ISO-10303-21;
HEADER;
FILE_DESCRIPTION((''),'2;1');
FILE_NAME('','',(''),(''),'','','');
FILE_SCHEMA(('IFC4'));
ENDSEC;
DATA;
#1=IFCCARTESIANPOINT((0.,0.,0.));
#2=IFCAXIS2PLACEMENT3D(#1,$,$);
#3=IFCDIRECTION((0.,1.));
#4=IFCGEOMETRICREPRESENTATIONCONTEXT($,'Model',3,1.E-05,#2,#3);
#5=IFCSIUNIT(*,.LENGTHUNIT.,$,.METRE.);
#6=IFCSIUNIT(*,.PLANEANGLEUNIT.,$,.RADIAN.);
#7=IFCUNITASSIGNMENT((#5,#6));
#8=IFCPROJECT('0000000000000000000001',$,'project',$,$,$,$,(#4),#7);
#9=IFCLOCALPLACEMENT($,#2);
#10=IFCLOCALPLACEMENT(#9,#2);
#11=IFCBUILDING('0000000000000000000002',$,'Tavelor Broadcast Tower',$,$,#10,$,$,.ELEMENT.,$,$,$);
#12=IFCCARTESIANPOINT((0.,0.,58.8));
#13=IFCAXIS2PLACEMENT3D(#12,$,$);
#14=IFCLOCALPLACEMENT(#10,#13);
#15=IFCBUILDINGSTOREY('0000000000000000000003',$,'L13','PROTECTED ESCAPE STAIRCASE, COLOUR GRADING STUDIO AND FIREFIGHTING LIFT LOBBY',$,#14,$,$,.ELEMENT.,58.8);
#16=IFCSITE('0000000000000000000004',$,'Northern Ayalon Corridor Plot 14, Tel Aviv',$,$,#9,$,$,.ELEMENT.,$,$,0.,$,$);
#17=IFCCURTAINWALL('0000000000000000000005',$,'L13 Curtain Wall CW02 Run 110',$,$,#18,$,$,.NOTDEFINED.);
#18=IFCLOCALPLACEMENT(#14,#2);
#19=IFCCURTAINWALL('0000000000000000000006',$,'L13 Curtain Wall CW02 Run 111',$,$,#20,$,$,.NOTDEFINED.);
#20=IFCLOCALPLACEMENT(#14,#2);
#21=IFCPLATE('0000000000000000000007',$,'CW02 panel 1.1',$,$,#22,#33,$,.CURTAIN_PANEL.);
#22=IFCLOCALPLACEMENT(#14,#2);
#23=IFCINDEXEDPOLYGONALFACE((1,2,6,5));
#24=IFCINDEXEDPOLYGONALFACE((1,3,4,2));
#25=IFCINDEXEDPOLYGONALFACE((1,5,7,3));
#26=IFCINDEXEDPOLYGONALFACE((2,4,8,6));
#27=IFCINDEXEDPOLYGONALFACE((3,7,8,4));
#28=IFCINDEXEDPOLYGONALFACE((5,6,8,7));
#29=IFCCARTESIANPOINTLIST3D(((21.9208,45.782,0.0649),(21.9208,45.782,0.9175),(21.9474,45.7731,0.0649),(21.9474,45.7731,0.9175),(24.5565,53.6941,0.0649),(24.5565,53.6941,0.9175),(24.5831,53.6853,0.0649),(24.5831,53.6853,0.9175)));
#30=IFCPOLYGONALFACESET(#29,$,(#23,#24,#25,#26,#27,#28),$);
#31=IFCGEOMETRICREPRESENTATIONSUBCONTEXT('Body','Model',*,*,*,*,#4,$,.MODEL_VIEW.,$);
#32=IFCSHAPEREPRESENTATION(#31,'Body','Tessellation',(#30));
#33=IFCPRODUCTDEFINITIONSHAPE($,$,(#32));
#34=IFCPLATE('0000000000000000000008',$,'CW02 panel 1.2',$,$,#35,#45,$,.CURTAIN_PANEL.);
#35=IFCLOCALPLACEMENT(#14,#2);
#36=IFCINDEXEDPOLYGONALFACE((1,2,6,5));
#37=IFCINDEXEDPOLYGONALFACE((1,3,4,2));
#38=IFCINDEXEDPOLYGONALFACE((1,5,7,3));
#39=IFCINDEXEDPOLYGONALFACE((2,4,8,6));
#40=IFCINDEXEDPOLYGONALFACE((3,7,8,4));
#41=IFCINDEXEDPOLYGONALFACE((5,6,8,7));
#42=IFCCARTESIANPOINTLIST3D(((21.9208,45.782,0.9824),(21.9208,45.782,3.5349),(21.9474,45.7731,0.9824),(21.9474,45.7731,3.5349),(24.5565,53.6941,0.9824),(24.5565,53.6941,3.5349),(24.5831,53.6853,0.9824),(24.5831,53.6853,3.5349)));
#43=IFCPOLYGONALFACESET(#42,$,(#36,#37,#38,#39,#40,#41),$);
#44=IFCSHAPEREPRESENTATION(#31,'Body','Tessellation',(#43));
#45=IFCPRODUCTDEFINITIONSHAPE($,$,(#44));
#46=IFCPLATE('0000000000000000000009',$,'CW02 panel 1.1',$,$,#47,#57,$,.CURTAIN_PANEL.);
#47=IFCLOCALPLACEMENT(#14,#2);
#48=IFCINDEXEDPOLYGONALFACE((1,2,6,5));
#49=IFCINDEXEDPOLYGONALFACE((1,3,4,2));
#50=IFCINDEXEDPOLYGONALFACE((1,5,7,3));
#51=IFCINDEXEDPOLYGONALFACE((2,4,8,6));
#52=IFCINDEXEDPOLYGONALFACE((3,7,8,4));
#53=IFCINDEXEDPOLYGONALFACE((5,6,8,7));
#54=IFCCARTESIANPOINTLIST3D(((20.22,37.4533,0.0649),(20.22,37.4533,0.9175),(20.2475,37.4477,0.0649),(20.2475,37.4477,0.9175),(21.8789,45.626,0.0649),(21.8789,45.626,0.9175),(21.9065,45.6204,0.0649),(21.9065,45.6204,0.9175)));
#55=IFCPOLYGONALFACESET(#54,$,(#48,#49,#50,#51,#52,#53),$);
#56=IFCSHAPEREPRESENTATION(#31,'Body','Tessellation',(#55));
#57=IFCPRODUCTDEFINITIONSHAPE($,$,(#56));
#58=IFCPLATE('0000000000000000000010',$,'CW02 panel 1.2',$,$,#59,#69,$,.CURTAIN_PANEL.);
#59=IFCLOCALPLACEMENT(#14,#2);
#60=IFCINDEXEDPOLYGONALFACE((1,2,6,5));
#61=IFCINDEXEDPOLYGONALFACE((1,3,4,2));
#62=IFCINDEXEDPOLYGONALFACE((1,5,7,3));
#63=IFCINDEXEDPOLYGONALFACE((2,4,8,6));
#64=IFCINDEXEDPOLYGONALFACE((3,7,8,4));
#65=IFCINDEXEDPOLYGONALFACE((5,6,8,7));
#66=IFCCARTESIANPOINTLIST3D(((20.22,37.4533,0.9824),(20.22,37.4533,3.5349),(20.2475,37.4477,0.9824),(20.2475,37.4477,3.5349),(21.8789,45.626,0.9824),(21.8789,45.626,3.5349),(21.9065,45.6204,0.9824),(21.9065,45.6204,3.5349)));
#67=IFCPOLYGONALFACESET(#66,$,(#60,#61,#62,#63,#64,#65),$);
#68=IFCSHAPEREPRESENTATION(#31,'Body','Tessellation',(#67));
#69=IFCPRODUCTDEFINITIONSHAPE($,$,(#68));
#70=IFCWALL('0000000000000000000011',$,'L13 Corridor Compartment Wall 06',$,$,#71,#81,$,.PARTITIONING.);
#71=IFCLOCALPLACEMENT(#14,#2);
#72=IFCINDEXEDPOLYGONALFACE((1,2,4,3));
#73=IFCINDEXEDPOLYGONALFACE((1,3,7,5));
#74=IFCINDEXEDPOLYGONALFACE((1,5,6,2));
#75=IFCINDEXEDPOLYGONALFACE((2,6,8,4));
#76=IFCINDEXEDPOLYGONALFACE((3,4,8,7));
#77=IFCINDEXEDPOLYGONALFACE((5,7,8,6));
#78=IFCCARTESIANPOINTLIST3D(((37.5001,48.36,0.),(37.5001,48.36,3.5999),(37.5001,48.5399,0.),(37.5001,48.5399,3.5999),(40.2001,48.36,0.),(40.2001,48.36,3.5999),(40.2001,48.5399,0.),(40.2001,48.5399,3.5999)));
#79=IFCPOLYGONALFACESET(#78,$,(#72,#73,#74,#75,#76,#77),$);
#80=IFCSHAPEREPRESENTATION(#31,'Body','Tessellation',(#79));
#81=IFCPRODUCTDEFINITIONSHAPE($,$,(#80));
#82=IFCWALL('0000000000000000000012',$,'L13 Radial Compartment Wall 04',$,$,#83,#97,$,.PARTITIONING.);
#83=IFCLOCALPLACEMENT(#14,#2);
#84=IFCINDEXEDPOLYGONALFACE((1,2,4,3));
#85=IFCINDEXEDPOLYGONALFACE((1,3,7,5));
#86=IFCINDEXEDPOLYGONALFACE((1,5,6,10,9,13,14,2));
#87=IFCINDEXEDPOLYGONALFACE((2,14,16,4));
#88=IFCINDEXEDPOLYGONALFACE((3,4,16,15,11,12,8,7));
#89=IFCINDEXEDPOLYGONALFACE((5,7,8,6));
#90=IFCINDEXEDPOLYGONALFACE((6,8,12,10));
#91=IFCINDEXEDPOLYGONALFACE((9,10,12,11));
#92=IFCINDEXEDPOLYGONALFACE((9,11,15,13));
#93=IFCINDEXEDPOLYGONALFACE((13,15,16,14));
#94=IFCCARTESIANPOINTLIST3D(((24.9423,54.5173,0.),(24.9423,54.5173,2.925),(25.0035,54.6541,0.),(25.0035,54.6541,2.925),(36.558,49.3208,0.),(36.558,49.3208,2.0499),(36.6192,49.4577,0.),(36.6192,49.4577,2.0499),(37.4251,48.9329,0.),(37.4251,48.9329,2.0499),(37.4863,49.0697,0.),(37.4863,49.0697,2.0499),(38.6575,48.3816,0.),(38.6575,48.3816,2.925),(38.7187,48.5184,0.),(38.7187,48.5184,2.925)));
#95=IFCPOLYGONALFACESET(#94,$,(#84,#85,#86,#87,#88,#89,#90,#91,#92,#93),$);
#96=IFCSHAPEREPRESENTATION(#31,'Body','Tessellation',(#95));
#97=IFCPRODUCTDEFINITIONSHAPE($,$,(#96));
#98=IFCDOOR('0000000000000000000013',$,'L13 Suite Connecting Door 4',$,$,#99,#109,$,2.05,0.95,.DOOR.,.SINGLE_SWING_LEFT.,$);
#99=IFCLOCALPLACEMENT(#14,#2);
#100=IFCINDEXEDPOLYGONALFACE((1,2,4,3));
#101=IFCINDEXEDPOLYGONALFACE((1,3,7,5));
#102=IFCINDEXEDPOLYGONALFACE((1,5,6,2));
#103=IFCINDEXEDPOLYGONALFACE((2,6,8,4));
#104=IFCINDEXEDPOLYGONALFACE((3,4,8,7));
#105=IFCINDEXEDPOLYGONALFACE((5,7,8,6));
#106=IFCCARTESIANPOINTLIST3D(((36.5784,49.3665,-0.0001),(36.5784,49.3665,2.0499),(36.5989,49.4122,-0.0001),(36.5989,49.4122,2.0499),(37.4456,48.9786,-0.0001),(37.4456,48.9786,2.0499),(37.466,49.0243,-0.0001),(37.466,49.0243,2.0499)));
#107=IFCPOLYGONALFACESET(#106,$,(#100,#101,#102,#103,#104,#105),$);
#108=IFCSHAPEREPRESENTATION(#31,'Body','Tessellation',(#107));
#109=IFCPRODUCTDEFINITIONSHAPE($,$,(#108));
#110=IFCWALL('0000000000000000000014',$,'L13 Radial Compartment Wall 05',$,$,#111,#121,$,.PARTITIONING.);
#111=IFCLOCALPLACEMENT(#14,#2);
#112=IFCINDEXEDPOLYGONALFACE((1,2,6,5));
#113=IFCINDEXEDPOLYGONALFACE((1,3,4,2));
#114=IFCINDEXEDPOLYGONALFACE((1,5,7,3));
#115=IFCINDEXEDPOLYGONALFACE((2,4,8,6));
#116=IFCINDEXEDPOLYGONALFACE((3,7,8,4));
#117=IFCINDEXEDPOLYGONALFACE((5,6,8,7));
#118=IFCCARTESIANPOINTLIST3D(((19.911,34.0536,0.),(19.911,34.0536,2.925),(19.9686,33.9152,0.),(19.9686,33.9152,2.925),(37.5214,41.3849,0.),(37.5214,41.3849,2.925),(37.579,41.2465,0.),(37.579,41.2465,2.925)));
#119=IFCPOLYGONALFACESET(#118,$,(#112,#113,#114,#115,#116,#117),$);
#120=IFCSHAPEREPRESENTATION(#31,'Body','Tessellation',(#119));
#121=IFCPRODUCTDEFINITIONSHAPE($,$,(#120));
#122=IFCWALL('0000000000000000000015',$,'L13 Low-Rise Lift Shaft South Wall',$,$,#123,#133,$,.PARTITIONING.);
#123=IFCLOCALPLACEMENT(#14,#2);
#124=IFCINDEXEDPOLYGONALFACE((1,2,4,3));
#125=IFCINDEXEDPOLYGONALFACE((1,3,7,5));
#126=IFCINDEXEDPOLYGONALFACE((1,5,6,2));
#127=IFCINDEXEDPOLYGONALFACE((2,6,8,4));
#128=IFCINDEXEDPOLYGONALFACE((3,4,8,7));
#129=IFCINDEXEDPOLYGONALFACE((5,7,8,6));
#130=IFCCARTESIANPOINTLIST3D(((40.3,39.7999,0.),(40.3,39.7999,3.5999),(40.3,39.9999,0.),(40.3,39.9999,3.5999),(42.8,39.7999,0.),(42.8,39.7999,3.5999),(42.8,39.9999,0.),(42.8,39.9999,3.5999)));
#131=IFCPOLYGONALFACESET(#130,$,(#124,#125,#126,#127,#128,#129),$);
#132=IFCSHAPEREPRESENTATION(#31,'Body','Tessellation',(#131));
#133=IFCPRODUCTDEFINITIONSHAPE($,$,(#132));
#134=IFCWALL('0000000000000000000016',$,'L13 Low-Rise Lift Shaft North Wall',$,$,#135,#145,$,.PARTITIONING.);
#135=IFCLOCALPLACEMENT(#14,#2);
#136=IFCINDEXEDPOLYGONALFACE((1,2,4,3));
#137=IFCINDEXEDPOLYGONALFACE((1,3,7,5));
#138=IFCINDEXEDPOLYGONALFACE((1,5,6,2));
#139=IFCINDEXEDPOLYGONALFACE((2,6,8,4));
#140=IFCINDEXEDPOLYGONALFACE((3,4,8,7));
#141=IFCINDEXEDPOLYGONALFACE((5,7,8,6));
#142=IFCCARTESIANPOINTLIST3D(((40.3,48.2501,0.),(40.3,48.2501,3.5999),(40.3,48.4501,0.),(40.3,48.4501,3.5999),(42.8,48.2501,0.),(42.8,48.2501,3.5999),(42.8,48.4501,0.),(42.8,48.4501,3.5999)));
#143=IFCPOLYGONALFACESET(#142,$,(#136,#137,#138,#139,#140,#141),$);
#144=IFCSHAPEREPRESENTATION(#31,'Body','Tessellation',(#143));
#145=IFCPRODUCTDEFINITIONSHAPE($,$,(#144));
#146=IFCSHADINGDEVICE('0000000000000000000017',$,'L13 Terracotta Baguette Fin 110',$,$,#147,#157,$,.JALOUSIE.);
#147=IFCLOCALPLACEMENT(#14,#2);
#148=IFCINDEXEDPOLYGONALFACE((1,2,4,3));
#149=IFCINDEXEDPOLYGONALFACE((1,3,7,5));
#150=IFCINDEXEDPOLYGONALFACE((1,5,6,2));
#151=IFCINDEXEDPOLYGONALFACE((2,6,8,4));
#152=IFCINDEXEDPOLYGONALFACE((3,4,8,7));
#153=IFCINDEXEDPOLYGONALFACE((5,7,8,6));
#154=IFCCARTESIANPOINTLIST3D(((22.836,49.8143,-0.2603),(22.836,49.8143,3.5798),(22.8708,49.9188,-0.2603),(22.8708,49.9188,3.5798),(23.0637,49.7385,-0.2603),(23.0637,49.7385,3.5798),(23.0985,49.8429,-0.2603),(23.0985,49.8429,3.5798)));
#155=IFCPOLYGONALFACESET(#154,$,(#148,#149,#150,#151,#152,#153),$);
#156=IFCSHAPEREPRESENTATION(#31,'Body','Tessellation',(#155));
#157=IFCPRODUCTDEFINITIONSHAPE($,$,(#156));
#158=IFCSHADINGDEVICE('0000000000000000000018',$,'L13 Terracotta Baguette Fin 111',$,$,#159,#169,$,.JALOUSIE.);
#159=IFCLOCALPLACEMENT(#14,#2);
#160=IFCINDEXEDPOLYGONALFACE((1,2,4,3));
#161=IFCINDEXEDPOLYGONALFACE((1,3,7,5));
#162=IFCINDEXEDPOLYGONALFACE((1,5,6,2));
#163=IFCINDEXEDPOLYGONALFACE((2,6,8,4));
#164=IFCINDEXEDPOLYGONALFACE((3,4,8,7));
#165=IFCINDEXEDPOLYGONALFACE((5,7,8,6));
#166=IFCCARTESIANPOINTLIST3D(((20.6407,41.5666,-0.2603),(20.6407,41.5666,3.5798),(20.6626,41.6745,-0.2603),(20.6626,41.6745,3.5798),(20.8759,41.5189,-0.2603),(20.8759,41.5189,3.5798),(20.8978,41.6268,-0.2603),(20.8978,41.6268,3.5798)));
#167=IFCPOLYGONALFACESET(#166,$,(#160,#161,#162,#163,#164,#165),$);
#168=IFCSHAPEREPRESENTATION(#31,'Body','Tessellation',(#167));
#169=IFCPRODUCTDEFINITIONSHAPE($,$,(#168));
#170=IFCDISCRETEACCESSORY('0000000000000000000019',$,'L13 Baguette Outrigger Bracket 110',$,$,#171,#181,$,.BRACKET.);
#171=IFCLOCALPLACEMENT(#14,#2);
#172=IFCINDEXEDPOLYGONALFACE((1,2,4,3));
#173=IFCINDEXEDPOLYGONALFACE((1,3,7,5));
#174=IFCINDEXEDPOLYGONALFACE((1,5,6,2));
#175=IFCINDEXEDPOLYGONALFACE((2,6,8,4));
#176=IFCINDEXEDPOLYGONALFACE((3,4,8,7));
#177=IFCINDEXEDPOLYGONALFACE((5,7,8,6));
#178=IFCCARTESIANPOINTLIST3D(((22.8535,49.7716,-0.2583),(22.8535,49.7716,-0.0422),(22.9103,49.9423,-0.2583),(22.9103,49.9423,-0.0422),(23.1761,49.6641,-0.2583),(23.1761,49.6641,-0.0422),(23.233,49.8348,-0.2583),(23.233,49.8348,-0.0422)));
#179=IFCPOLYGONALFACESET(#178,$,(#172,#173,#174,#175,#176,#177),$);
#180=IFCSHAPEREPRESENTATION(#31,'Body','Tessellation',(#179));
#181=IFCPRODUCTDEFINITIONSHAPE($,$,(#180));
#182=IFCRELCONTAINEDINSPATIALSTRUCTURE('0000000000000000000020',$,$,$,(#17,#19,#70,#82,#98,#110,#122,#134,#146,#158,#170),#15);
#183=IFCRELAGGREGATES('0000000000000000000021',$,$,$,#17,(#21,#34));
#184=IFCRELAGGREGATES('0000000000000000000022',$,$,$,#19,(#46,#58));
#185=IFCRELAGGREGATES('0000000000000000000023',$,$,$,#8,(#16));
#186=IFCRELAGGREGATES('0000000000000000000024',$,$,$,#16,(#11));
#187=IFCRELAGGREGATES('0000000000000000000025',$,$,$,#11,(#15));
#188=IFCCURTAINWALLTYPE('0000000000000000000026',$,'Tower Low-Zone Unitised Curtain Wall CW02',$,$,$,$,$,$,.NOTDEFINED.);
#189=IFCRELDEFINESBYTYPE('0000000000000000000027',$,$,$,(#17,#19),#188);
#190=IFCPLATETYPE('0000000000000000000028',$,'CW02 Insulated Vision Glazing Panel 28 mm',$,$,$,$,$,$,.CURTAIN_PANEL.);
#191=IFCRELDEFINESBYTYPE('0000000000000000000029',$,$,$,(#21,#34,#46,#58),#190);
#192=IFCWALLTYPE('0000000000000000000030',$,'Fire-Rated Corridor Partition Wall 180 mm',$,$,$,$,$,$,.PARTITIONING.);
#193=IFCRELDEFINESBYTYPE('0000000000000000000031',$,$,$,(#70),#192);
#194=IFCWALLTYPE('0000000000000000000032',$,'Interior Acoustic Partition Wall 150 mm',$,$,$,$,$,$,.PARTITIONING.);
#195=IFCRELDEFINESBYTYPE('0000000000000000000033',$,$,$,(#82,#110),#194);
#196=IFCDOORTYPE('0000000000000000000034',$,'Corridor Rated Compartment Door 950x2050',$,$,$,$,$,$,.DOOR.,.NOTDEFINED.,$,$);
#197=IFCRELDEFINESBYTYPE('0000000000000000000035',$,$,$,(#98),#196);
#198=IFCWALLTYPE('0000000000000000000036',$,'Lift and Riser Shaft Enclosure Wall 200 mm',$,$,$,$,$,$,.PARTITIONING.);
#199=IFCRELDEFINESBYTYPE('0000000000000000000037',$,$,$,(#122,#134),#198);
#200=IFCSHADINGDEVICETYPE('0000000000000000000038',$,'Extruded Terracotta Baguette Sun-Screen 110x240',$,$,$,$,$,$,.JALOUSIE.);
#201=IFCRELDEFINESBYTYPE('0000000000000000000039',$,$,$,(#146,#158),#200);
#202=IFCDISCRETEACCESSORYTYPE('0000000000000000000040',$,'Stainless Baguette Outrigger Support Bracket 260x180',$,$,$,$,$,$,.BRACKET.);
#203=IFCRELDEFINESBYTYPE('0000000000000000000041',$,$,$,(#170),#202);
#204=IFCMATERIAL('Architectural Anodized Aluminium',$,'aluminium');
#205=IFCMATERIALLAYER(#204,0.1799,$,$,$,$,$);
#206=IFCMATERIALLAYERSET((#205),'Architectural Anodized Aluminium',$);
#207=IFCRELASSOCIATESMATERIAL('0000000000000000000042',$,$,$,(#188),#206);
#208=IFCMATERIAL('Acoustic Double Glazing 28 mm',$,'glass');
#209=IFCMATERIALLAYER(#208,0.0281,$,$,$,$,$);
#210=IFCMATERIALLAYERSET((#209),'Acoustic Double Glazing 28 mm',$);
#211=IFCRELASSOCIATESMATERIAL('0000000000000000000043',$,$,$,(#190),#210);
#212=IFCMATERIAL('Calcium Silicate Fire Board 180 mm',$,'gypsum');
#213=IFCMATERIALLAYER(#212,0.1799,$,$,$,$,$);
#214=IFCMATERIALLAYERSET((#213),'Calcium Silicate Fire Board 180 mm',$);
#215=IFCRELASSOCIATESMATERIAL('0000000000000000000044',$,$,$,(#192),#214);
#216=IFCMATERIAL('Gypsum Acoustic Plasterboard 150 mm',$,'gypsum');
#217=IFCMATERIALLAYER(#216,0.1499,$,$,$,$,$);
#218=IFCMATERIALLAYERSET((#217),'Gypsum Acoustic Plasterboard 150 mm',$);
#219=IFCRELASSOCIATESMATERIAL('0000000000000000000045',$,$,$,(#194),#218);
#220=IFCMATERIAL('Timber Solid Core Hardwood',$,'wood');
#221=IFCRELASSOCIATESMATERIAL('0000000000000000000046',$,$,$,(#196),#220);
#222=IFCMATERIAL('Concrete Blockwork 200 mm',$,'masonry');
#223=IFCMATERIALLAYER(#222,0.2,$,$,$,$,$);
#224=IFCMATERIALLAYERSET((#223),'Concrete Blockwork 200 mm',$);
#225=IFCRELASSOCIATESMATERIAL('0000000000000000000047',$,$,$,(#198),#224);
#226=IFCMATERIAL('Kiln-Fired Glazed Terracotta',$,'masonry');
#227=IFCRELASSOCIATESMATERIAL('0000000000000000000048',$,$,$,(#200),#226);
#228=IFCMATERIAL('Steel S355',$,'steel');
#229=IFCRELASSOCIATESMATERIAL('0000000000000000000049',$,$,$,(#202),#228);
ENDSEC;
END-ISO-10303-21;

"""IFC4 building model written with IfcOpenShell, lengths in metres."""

from ifc_helpers import new_model, si_unit, direction, frame, frame_2d, origin, origin_2d, place, context, subcontext, project, spatial, rectangle, extrude, source, transform, mapped, material, layer, layer_set, type_object, type_shapes, element, fill, aggregate, save


model = new_model("IFC4")

# Units and contexts
model_context = context("Model", 3, precision=1e-05, world=origin(), true_north=direction((0.0, 1.0)))
body_context = subcontext(model_context, "Body", "Model", "MODEL_VIEW")
ifc_project = project(units=[si_unit("LENGTHUNIT", "METRE"), si_unit("PLANEANGLEUNIT", "RADIAN")], contexts=[model_context])

# Site, building, storey
site_placement = place(None, origin())
site = spatial("IfcSite", under=ifc_project, at=site_placement, Name="Northern Ayalon Corridor Plot 14, Tel Aviv", CompositionType="ELEMENT", RefElevation=0.0)
building_placement = place(site_placement, origin())
building = spatial("IfcBuilding", under=site, at=building_placement, Name="Tavelor Broadcast Tower", CompositionType="ELEMENT")
storey_placement = place(building_placement, frame((0.0, 0.0, 58.8)))
storey = spatial("IfcBuildingStorey", under=building, at=storey_placement, Name="L13", Description="PROTECTED ESCAPE STAIRCASE, COLOUR GRADING STUDIO AND FIREFIGHTING LIFT LOBBY", CompositionType="ELEMENT", Elevation=58.8)

# Shared definitions
ifc_material_1 = material(Name="Steel S355", Category="steel")

# Curtain wall
ifc_material_2 = material(Name="Architectural Anodized Aluminium", Category="aluminium")
ifc_layer_1 = layer(ifc_material_2, 0.1799)
ifc_layer_set_1 = layer_set([ifc_layer_1], Name="Architectural Anodized Aluminium")
curtain_wall_type = type_object("IfcCurtainWallType", Name="Tower Low-Zone Unitised Curtain Wall CW02", PredefinedType="NOTDEFINED", material=ifc_layer_set_1)
curtain_wall_1_placement = place(storey_placement, origin())
curtain_wall_1 = element("IfcCurtainWall", 1, at=curtain_wall_1_placement, inside=storey, type_object=curtain_wall_type, Name="L13 Curtain Wall CW02 Run 110", PredefinedType="NOTDEFINED")

# Curtain wall
curtain_wall_2_placement = place(storey_placement, origin())
curtain_wall_2 = element("IfcCurtainWall", 2, at=curtain_wall_2_placement, inside=storey, type_object=curtain_wall_type, Name="L13 Curtain Wall CW02 Run 111", PredefinedType="NOTDEFINED")

# Plates
ifc_material_3 = material(Name="Acoustic Double Glazing 28 mm", Category="glass")
ifc_layer_2 = layer(ifc_material_3, 0.0281)
ifc_layer_set_2 = layer_set([ifc_layer_2], Name="Acoustic Double Glazing 28 mm")
plate_type_1 = type_object("IfcPlateType", Name="CW02 Insulated Vision Glazing Panel 28 mm", PredefinedType="CURTAIN_PANEL", material=ifc_layer_set_2)
shared_shape_1 = source(origin(), body_context, "Body", "SweptSolid", [
    extrude(rectangle(XDim=8.3396, YDim=0.0281, at=origin_2d()), origin(), (0.0, 0.0, 1.0), 0.8525),
])
plate_1_placement = place(storey_placement, frame((23.252, 49.7336, 0.0649), z_axis=(0.0, 0.0, 1.0), x_axis=(-0.316047, -0.948743, 0.0)))
plate_1 = element("IfcPlate", 3, at=plate_1_placement, type_object=plate_type_1, Name="CW02 panel 1.1", PredefinedType="CURTAIN_PANEL", context=body_context, shape_type="MappedRepresentation", body=[
    mapped(shared_shape_1, transform((0.0, 0.0, 0.0), scale=1.0)),
])
shared_shape_2 = source(origin(), body_context, "Body", "SweptSolid", [
    extrude(rectangle(XDim=8.3396, YDim=0.0281, at=origin_2d()), origin(), (0.0, 0.0, 1.0), 2.5525),
])
plate_2_placement = place(storey_placement, frame((23.252, 49.7336, 0.9824), z_axis=(0.0, 0.0, 1.0), x_axis=(-0.316047, -0.948743, 0.0)))
plate_2 = element("IfcPlate", 4, at=plate_2_placement, type_object=plate_type_1, Name="CW02 panel 1.2", PredefinedType="CURTAIN_PANEL", context=body_context, shape_type="MappedRepresentation", body=[
    mapped(shared_shape_2, transform((0.0, 0.0, 0.0), scale=1.0)),
])
aggregate(curtain_wall_1, [plate_1, plate_2])
shared_shape_3 = source(origin(), body_context, "Body", "SweptSolid", [
    extrude(rectangle(XDim=8.3394, YDim=0.0281, at=origin_2d()), origin(), (0.0, 0.0, 1.0), 0.8525),
])
plate_3_placement = place(storey_placement, frame((21.0632, 41.5369, 0.0649), z_axis=(0.0, 0.0, 1.0), x_axis=(-0.198929, -0.980014, 0.0)))
plate_3 = element("IfcPlate", 5, at=plate_3_placement, type_object=plate_type_1, Name="CW02 panel 1.1", PredefinedType="CURTAIN_PANEL", context=body_context, shape_type="MappedRepresentation", body=[
    mapped(shared_shape_3, transform((0.0, 0.0, 0.0), scale=1.0)),
])
shared_shape_4 = source(origin(), body_context, "Body", "SweptSolid", [
    extrude(rectangle(XDim=8.3394, YDim=0.0281, at=origin_2d()), origin(), (0.0, 0.0, 1.0), 2.5525),
])
type_shapes(plate_type_1, [shared_shape_1, shared_shape_2, shared_shape_3, shared_shape_4])
plate_4_placement = place(storey_placement, frame((21.0632, 41.5369, 0.9824), z_axis=(0.0, 0.0, 1.0), x_axis=(-0.198929, -0.980014, 0.0)))
plate_4 = element("IfcPlate", 6, at=plate_4_placement, type_object=plate_type_1, Name="CW02 panel 1.2", PredefinedType="CURTAIN_PANEL", context=body_context, shape_type="MappedRepresentation", body=[
    mapped(shared_shape_4, transform((0.0, 0.0, 0.0), scale=1.0)),
])
aggregate(curtain_wall_2, [plate_3, plate_4])

# Wall
ifc_material_4 = material(Name="Calcium Silicate Fire Board 180 mm", Category="gypsum")
ifc_layer_3 = layer(ifc_material_4, 0.1799)
ifc_layer_set_3 = layer_set([ifc_layer_3], Name="Calcium Silicate Fire Board 180 mm")
wall_type_1 = type_object("IfcWallType", Name="Fire-Rated Corridor Partition Wall 180 mm", PredefinedType="PARTITIONING", material=ifc_layer_set_3)
wall_1_placement = place(storey_placement, frame((37.5, 48.45, 0.0), z_axis=(0.0, 0.0, 1.0), x_axis=(1.0, 0.0, 0.0)))
element("IfcWall", 7, at=wall_1_placement, inside=storey, type_object=wall_type_1, Name="L13 Corridor Compartment Wall 06", PredefinedType="PARTITIONING", context=body_context, shape_type="SweptSolid", body=[
    extrude(rectangle(XDim=2.7, YDim=0.1799, at=frame_2d((1.3501, 0.0))), origin(), (0.0, 0.0, 1.0), 3.5999),
])

# Wall, opening, door
ifc_material_5 = material(Name="Gypsum Acoustic Plasterboard 150 mm", Category="gypsum")
ifc_layer_4 = layer(ifc_material_5, 0.1499)
ifc_layer_set_4 = layer_set([ifc_layer_4], Name="Gypsum Acoustic Plasterboard 150 mm")
wall_type_2 = type_object("IfcWallType", Name="Interior Acoustic Partition Wall 150 mm", PredefinedType="PARTITIONING", material=ifc_layer_set_4)
wall_2_placement = place(storey_placement, frame((38.6882, 48.45, 0.0), z_axis=(0.0, 0.0, 1.0), x_axis=(-0.91282, 0.408362, 0.0)))
wall_2 = element("IfcWall", 8, at=wall_2_placement, inside=storey, type_object=wall_type_2, Name="L13 Radial Compartment Wall 04", PredefinedType="PARTITIONING", context=body_context, shape_type="SweptSolid", body=[
    extrude(rectangle(XDim=15.0251, YDim=0.1499, at=frame_2d((7.5127, 0.0))), origin(), (0.0, 0.0, 1.0), 2.925),
])
opening_1_placement = place(wall_2_placement, frame((1.3501, 0.0, 0.0)))
opening_1 = element("IfcOpeningElement", 9, at=opening_1_placement, cuts=wall_2, PredefinedType="OPENING", context=body_context, shape_type="SweptSolid", body=[
    extrude(rectangle(XDim=0.95, YDim=2.05, at=frame_2d((0.4751, 1.0249))), frame((0.0, 0.085, 0.0), z_axis=(0.0, -1.0, 0.0), x_axis=(1.0, 0.0, 0.0)), (0.0, 0.0, 1.0), 0.1699),
])
ifc_material_6 = material(Name="Timber Solid Core Hardwood", Category="wood")
door_type_1 = type_object("IfcDoorType", Name="Corridor Rated Compartment Door 950x2050", OperationType="NOTDEFINED", PredefinedType="DOOR", material=ifc_material_6)
door_1_placement = place(opening_1_placement, origin())
door_1 = element("IfcDoor", 10, at=door_1_placement, inside=storey, type_object=door_type_1, Name="L13 Suite Connecting Door 4", OperationType="SINGLE_SWING_LEFT", OverallHeight=2.05, OverallWidth=0.95, PredefinedType="DOOR", context=body_context, shape_type="SweptSolid", body=[
    extrude(rectangle(XDim=0.95, YDim=2.05, at=frame_2d((0.4751, 1.0249))), frame((0.0, 0.0249, 0.0), z_axis=(0.0, -1.0, 0.0), x_axis=(1.0, 0.0, 0.0)), (0.0, 0.0, 1.0), 0.05),
])
fill(opening_1, door_1)

# Wall
wall_3_placement = place(storey_placement, frame((37.55, 41.3157, 0.0), z_axis=(0.0, 0.0, 1.0), x_axis=(-0.923195, -0.384332, 0.0)))
element("IfcWall", 11, at=wall_3_placement, inside=storey, type_object=wall_type_2, Name="L13 Radial Compartment Wall 05", PredefinedType="PARTITIONING", context=body_context, shape_type="SweptSolid", body=[
    extrude(rectangle(XDim=19.0754, YDim=0.1499, at=frame_2d((9.5376, 0.0))), origin(), (0.0, 0.0, 1.0), 2.925),
])

# Shared definitions
ifc_material_7 = material(Name="Concrete Blockwork 200 mm", Category="masonry")

# Walls
ifc_layer_5 = layer(ifc_material_7, 0.2)
ifc_layer_set_5 = layer_set([ifc_layer_5], Name="Concrete Blockwork 200 mm")
wall_type_3 = type_object("IfcWallType", Name="Lift and Riser Shaft Enclosure Wall 200 mm", PredefinedType="PARTITIONING", material=ifc_layer_set_5)
for number, where, z_axis, x_axis, name in (
    (12, (40.3, 39.8999, 0.0), (0.0, 0.0, 1.0), (1.0, 0.0, 0.0), "L13 Low-Rise Lift Shaft South Wall"),
    (13, (40.3, 48.3501, 0.0), (0.0, 0.0, 1.0), (1.0, 0.0, 0.0), "L13 Low-Rise Lift Shaft North Wall"),
):
    element("IfcWall", number, at=place(storey_placement, frame(where, z_axis=z_axis, x_axis=x_axis)), inside=storey, type_object=wall_type_3, Name=name, PredefinedType="PARTITIONING", context=body_context, shape_type="SweptSolid", body=[
        extrude(rectangle(XDim=2.5, YDim=0.2, at=frame_2d((1.25, 0.0))), origin(), (0.0, 0.0, 1.0), 3.5999),
    ])

# Shading devices
ifc_material_8 = material(Name="Kiln-Fired Glazed Terracotta", Category="masonry")
shading_device_type = type_object("IfcShadingDeviceType", Name="Extruded Terracotta Baguette Sun-Screen 110x240", PredefinedType="JALOUSIE", material=ifc_material_8)
shared_shape_5 = source(origin(), body_context, "Body", "SweptSolid", [
    extrude(rectangle(XDim=0.1101, YDim=0.24, at=origin_2d()), origin(), (0.0, 0.0, 1.0), 3.8401),
])
type_shapes(shading_device_type, [shared_shape_5])
for number, where, z_axis, x_axis, name in (
    (14, (22.9673, 49.8286, -0.2603), (0.0, 0.0, 1.0), (-0.31598, -0.948766, 0.0), "L13 Terracotta Baguette Fin 110"),
    (15, (20.7693, 41.5967, -0.2603), (0.0, 0.0, 1.0), (-0.198855, -0.980029, 0.0), "L13 Terracotta Baguette Fin 111"),
):
    element("IfcShadingDevice", number, at=place(storey_placement, frame(where, z_axis=z_axis, x_axis=x_axis)), inside=storey, type_object=shading_device_type, Name=name, PredefinedType="JALOUSIE", context=body_context, shape_type="MappedRepresentation", body=[
        mapped(shared_shape_5, transform((0.0, 0.0, 0.0), scale=1.0)),
    ])

# Discrete accessory
discrete_accessory_type = type_object("IfcDiscreteAccessoryType", Name="Stainless Baguette Outrigger Support Bracket 260x180", PredefinedType="BRACKET", material=ifc_material_1)
shared_shape_6 = source(origin(), body_context, "Body", "SweptSolid", [
    extrude(rectangle(XDim=0.1799, YDim=0.3401, at=origin_2d()), origin(), (0.0, 0.0, 1.0), 0.2161),
])
type_shapes(discrete_accessory_type, [shared_shape_6])
for number, where, z_axis, x_axis, name in (
    (16, (23.0432, 49.8032, -0.2583), (0.0, 0.0, 1.0), (-0.31598, -0.948766, 0.0), "L13 Baguette Outrigger Bracket 110"),
):
    element("IfcDiscreteAccessory", number, at=place(storey_placement, frame(where, z_axis=z_axis, x_axis=x_axis)), inside=storey, type_object=discrete_accessory_type, Name=name, PredefinedType="BRACKET", context=body_context, shape_type="MappedRepresentation", body=[
        mapped(shared_shape_6, transform((0.0, 0.0, 0.0), scale=1.0)),
    ])

save(model, "model.ifc")
